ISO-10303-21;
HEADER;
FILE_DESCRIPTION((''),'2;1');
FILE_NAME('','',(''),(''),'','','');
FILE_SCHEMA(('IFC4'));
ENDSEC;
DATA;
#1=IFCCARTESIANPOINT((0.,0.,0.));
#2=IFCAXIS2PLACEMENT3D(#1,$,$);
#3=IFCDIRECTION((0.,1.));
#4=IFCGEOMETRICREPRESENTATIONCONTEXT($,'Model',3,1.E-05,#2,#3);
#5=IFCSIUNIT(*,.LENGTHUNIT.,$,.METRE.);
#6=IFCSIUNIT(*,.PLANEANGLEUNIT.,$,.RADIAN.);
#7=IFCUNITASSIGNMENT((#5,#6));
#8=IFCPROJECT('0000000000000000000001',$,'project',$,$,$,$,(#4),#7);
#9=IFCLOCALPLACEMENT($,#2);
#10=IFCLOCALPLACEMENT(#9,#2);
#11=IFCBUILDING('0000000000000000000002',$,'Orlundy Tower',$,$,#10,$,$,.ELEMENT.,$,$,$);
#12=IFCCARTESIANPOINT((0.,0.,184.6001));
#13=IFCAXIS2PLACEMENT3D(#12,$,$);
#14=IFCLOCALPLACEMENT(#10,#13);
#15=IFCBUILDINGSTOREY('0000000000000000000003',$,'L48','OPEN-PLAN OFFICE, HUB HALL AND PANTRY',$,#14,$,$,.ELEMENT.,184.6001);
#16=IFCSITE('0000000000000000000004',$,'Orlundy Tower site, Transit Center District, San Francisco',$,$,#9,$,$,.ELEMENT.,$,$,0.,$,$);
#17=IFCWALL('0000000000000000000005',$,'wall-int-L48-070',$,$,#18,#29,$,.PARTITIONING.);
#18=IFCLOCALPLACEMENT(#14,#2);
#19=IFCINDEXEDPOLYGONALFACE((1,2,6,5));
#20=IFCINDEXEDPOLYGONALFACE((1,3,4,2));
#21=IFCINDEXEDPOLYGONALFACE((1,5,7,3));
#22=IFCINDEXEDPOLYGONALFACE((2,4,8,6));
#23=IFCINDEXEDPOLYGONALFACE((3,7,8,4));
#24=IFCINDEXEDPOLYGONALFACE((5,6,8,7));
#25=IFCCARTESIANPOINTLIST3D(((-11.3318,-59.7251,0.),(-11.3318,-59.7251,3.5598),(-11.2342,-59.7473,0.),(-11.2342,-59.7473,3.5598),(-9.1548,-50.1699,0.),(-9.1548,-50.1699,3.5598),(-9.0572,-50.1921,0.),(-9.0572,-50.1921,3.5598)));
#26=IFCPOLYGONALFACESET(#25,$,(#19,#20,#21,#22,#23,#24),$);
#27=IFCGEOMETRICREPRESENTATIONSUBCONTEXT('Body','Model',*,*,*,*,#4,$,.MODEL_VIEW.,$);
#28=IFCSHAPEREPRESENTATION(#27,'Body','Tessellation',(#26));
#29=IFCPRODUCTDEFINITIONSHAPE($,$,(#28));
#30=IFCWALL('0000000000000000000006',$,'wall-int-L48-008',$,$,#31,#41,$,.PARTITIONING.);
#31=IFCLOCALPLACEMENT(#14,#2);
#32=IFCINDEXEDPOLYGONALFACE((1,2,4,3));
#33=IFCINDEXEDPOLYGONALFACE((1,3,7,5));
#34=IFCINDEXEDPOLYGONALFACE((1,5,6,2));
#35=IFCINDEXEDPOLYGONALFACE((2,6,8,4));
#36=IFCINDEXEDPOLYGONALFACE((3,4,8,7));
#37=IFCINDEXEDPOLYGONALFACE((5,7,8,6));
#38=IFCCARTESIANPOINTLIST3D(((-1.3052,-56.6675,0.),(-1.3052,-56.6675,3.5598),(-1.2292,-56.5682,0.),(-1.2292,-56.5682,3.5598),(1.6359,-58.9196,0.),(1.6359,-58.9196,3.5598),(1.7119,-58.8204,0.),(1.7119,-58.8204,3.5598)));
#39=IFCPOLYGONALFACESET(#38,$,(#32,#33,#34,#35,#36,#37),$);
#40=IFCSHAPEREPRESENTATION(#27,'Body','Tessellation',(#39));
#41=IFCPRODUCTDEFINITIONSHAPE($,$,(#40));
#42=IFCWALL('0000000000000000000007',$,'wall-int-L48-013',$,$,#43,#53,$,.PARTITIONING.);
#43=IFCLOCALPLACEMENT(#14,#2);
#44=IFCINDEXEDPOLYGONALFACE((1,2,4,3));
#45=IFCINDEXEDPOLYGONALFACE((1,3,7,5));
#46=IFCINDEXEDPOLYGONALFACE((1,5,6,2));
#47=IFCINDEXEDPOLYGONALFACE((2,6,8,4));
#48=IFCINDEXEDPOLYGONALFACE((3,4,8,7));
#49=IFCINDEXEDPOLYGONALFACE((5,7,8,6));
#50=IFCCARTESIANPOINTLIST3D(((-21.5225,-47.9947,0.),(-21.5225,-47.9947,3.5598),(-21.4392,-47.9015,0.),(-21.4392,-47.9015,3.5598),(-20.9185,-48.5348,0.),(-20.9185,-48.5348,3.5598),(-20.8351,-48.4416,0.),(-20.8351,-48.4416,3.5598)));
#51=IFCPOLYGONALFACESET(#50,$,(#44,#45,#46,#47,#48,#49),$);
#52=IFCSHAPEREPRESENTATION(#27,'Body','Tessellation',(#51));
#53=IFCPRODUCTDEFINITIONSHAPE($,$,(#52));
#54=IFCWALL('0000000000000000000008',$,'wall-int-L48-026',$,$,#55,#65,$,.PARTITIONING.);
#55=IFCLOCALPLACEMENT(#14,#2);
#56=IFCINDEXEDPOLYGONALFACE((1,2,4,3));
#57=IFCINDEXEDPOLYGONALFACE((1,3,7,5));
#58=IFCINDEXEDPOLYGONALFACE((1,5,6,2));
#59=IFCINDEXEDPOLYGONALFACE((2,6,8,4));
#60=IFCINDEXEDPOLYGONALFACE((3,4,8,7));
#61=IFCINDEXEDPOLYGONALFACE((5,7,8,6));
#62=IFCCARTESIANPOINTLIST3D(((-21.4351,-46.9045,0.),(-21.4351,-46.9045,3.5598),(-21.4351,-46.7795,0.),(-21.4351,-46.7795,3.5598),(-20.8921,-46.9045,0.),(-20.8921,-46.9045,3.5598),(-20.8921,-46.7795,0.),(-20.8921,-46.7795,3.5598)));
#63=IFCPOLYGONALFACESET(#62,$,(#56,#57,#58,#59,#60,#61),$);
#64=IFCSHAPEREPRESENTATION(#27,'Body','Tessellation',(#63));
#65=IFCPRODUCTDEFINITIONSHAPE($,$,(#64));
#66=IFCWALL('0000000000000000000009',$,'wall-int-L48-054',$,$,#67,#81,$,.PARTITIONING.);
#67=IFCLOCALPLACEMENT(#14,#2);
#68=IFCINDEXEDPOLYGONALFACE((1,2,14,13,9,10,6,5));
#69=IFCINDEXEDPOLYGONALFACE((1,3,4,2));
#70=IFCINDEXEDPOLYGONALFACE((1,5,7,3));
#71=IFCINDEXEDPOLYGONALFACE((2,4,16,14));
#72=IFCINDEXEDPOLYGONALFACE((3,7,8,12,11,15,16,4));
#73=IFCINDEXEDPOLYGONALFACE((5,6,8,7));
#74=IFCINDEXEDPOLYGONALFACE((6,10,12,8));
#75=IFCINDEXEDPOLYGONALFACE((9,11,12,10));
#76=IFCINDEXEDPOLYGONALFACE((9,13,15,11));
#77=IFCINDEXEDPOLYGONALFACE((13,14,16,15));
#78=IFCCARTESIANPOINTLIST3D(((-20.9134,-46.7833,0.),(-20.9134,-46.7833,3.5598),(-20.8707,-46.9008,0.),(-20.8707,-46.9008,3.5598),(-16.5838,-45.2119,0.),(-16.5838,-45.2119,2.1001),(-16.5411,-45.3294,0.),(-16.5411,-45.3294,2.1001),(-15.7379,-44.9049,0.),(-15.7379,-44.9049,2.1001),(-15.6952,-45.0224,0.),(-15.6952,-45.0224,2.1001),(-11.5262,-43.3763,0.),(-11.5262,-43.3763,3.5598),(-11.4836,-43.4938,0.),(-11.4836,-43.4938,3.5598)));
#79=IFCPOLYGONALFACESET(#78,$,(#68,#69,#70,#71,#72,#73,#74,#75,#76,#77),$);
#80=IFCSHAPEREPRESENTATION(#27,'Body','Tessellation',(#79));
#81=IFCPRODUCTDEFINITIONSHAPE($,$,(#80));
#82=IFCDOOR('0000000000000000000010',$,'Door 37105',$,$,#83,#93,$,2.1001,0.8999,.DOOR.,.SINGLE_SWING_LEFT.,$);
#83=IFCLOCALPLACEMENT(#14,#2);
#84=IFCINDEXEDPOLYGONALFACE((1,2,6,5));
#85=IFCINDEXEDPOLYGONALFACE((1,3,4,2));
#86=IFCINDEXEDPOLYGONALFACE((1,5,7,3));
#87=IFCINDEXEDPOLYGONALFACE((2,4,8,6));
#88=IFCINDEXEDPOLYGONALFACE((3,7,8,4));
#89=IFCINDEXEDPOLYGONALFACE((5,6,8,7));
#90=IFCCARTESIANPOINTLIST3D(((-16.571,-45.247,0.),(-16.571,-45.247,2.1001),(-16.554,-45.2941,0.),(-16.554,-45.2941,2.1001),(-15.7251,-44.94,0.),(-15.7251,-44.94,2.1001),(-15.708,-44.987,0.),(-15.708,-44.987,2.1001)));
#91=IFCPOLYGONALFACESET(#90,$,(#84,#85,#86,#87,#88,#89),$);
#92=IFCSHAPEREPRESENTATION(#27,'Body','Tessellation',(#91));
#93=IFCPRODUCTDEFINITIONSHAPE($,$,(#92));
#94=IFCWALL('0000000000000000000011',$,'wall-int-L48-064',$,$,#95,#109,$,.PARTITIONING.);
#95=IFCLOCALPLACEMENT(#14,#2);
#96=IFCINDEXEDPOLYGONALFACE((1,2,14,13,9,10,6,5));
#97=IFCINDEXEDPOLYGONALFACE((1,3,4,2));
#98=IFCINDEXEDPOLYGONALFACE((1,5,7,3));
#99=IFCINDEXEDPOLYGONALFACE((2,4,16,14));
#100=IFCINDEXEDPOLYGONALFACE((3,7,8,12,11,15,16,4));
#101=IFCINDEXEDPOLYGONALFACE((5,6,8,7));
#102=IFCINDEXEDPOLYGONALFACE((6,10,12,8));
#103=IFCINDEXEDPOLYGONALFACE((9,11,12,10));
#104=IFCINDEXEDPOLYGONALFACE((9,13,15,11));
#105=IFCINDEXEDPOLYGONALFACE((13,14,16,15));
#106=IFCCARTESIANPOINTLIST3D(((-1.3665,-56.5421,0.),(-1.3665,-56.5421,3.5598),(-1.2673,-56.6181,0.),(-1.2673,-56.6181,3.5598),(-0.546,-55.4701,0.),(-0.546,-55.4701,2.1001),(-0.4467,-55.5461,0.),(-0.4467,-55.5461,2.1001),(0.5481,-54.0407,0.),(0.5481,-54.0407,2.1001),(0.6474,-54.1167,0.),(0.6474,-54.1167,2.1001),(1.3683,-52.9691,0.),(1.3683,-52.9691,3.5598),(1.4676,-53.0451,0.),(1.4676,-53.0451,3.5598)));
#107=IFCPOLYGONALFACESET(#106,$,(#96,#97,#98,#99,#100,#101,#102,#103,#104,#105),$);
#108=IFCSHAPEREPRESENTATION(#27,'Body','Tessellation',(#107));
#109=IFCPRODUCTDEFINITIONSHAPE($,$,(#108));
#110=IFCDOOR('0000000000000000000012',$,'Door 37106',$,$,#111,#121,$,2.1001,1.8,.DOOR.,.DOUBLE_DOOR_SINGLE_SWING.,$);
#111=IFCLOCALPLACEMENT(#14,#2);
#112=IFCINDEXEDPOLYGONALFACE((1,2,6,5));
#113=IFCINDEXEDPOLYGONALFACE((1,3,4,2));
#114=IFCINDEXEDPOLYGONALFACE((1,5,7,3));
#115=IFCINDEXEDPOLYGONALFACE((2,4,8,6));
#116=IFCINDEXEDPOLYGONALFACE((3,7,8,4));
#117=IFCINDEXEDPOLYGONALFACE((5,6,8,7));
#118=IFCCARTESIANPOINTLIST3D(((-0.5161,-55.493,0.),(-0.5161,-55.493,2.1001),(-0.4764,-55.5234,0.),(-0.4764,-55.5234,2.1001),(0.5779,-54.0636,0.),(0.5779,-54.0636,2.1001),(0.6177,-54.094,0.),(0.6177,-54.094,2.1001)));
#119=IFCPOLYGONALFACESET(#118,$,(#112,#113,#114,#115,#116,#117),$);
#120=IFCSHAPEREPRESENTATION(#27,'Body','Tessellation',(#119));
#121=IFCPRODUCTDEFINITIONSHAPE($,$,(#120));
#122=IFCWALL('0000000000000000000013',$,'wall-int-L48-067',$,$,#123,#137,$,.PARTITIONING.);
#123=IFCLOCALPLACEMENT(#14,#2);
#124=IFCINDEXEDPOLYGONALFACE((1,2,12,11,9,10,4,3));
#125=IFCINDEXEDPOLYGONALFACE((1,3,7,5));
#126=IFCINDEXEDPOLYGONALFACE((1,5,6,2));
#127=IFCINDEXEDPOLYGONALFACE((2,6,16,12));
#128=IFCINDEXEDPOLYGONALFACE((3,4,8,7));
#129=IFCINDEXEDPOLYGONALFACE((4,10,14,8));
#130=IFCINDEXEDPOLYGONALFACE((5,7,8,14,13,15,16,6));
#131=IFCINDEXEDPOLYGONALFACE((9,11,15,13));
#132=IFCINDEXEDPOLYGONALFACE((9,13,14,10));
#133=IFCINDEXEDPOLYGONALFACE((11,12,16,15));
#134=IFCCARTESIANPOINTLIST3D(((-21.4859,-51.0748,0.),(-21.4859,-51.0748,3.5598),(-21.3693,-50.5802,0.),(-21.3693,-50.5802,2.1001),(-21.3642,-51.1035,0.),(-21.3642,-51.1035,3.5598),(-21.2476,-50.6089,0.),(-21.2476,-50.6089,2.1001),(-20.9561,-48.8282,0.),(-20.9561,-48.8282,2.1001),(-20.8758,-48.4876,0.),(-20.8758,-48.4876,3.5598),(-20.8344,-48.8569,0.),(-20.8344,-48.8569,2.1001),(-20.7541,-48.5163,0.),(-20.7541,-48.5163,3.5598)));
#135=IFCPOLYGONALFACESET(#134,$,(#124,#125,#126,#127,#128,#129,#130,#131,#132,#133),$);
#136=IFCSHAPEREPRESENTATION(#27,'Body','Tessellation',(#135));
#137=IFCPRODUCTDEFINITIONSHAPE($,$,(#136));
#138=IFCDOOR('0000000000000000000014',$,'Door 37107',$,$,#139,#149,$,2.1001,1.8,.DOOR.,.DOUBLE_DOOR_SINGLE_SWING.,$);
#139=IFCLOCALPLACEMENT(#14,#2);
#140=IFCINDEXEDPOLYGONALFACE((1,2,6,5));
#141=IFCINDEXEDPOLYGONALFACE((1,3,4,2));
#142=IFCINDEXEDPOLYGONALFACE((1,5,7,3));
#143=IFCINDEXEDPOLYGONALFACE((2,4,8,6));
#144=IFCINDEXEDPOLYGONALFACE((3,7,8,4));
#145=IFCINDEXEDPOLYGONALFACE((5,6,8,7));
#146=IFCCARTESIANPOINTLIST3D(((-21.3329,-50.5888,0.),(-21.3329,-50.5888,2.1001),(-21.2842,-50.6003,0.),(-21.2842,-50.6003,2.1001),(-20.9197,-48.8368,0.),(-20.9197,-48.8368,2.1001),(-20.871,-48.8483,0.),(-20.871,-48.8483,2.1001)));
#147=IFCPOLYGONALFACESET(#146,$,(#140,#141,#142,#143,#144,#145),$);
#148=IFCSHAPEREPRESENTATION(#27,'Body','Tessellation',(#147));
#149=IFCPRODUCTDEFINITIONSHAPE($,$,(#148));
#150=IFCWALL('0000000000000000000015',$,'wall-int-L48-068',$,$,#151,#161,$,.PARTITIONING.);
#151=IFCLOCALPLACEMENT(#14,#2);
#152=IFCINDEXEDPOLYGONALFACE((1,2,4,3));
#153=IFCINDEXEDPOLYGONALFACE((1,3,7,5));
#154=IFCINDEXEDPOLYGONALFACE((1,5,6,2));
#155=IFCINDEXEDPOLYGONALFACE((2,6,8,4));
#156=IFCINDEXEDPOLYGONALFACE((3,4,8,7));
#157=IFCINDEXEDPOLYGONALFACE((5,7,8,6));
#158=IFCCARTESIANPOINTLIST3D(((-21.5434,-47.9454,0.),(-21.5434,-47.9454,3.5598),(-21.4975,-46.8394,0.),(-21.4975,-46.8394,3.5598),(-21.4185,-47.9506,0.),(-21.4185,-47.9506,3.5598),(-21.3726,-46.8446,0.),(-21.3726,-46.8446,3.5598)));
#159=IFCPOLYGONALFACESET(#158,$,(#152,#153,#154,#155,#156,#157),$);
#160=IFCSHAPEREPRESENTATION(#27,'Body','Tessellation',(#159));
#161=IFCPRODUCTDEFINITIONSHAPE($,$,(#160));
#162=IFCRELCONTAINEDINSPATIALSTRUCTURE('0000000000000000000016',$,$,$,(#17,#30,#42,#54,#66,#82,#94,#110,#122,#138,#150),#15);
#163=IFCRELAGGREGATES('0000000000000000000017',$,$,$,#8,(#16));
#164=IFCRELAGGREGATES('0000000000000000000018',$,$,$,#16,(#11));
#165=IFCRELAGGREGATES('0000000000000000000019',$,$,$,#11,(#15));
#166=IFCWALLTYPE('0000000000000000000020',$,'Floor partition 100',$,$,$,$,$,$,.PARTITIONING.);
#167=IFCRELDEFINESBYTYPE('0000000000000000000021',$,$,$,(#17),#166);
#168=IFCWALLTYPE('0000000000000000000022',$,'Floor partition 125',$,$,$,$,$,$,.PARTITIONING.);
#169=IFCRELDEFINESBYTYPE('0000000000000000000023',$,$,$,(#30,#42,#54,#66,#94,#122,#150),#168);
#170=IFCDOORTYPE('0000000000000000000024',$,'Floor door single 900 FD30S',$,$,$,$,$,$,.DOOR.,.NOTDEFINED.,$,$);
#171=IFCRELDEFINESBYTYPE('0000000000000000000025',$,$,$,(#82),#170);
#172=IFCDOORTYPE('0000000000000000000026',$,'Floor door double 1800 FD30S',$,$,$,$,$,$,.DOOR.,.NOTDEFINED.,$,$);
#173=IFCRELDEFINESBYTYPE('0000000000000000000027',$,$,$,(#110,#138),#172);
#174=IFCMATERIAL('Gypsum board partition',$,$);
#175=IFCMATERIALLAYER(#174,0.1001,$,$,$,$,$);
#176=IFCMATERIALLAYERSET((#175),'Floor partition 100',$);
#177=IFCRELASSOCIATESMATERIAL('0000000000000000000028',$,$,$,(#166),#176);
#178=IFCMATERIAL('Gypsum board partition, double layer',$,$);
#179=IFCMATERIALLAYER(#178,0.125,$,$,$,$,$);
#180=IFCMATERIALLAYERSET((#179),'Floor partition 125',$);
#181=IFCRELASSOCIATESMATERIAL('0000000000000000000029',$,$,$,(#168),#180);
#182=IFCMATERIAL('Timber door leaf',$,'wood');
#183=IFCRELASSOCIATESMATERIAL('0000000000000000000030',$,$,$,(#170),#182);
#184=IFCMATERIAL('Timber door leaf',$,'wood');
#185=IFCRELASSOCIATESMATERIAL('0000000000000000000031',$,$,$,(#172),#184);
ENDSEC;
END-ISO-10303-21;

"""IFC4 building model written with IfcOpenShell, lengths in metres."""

from ifc_helpers import new_model, si_unit, direction, frame, frame_2d, origin, place, context, subcontext, project, spatial, rectangle, extrude, material, layer, layer_set, type_object, element, fill, save


model = new_model("IFC4")

# Units and contexts
model_context = context("Model", 3, precision=1e-05, world=origin(), true_north=direction((0.0, 1.0)))
body_context = subcontext(model_context, "Body", "Model", "MODEL_VIEW")
ifc_project = project(units=[si_unit("LENGTHUNIT", "METRE"), si_unit("PLANEANGLEUNIT", "RADIAN")], contexts=[model_context])

# Site, building, storey
site_placement = place(None, origin())
site = spatial("IfcSite", under=ifc_project, at=site_placement, Name="Orlundy Tower site, Transit Center District, San Francisco", CompositionType="ELEMENT", RefElevation=0.0)
building_placement = place(site_placement, origin())
building = spatial("IfcBuilding", under=site, at=building_placement, Name="Orlundy Tower", CompositionType="ELEMENT")
storey_placement = place(building_placement, frame((0.0, 0.0, 184.6001)))
storey = spatial("IfcBuildingStorey", under=building, at=storey_placement, Name="L48", Description="OPEN-PLAN OFFICE, HUB HALL AND PANTRY", CompositionType="ELEMENT", Elevation=184.6001)

# Walls
ifc_material_1 = material(Name="Gypsum board partition")
ifc_layer_1 = layer(ifc_material_1, 0.1001)
ifc_layer_set_1 = layer_set([ifc_layer_1], Name="Floor partition 100")
wall_type_1 = type_object("IfcWallType", Name="Floor partition 100", PredefinedType="PARTITIONING", material=ifc_layer_set_1)
wall_1_placement = place(storey_placement, frame((-11.283, -59.7361, 0.0), z_axis=(0.0, 0.0, 1.0), x_axis=(0.222142, 0.975014, 0.0)))
element("IfcWall", 1, at=wall_1_placement, inside=storey, type_object=wall_type_1, Name="wall-int-L48-070", PredefinedType="PARTITIONING", context=body_context, shape_type="SweptSolid", body=[
    extrude(rectangle(XDim=9.8, YDim=0.1001, at=frame_2d((4.8999, 0.0))), origin(), (0.0, 0.0, 1.0), 3.5598),
])
ifc_material_2 = material(Name="Gypsum board partition, double layer")
ifc_layer_2 = layer(ifc_material_2, 0.125)
ifc_layer_set_2 = layer_set([ifc_layer_2], Name="Floor partition 125")
wall_type_2 = type_object("IfcWallType", Name="Floor partition 125", PredefinedType="PARTITIONING", material=ifc_layer_set_2)
wall_2_placement = place(storey_placement, frame((-1.2671, -56.6179, 0.0), z_axis=(0.0, 0.0, 1.0), x_axis=(0.793957, -0.607973, 0.0)))
element("IfcWall", 2, at=wall_2_placement, inside=storey, type_object=wall_type_2, Name="wall-int-L48-008", PredefinedType="PARTITIONING", context=body_context, shape_type="SweptSolid", body=[
    extrude(rectangle(XDim=3.7043, YDim=0.125, at=frame_2d((1.8521, 0.0))), origin(), (0.0, 0.0, 1.0), 3.5598),
])
wall_3_placement = place(storey_placement, frame((-21.481, -47.948, 0.0), z_axis=(0.0, 0.0, 1.0), x_axis=(0.745478, -0.666531, 0.0)))
element("IfcWall", 3, at=wall_3_placement, inside=storey, type_object=wall_type_2, Name="wall-int-L48-013", PredefinedType="PARTITIONING", context=body_context, shape_type="SweptSolid", body=[
    extrude(rectangle(XDim=0.8103, YDim=0.125, at=frame_2d((0.4053, 0.0))), origin(), (0.0, 0.0, 1.0), 3.5598),
])
wall_4_placement = place(storey_placement, frame((-21.4351, -46.842, 0.0), z_axis=(0.0, 0.0, 1.0), x_axis=(1.0, 0.0, 0.0)))
element("IfcWall", 4, at=wall_4_placement, inside=storey, type_object=wall_type_2, Name="wall-int-L48-026", PredefinedType="PARTITIONING", context=body_context, shape_type="SweptSolid", body=[
    extrude(rectangle(XDim=0.543, YDim=0.125, at=frame_2d((0.2715, 0.0))), origin(), (0.0, 0.0, 1.0), 3.5598),
])

# Walls, openings, doors
wall_5_placement = place(storey_placement, frame((-11.5049, -43.4351, 0.0), z_axis=(0.0, 0.0, 1.0), x_axis=(-0.940004, -0.341164, 0.0)))
wall_5 = element("IfcWall", 5, at=wall_5_placement, inside=storey, type_object=wall_type_2, Name="wall-int-L48-054", PredefinedType="PARTITIONING", context=body_context, shape_type="SweptSolid", body=[
    extrude(rectangle(XDim=9.9863, YDim=0.125, at=frame_2d((4.9932, 0.0))), origin(), (0.0, 0.0, 1.0), 3.5598),
])
opening_1_placement = place(wall_5_placement, frame((4.4805, 0.0, 0.0)))
opening_1 = element("IfcOpeningElement", 6, at=opening_1_placement, cuts=wall_5, PredefinedType="OPENING", context=body_context, shape_type="SweptSolid", body=[
    extrude(rectangle(XDim=0.8999, YDim=2.1001, at=frame_2d((0.45, 1.05))), frame((0.0, 0.0725, 0.0), z_axis=(0.0, -1.0, 0.0), x_axis=(1.0, 0.0, 0.0)), (0.0, 0.0, 1.0), 0.145),
])
ifc_material_3 = material(Name="Timber door leaf", Category="wood")
door_type_1 = type_object("IfcDoorType", Name="Floor door single 900 FD30S", OperationType="NOTDEFINED", PredefinedType="DOOR", material=ifc_material_3)
door_1_placement = place(opening_1_placement, origin())
door_1 = element("IfcDoor", 7, at=door_1_placement, inside=storey, type_object=door_type_1, Name="Door 37105", OperationType="SINGLE_SWING_LEFT", OverallHeight=2.1001, OverallWidth=0.8999, PredefinedType="DOOR", context=body_context, shape_type="SweptSolid", body=[
    extrude(rectangle(XDim=0.8999, YDim=2.1001, at=frame_2d((0.45, 1.05))), frame((0.0, 0.0249, 0.0), z_axis=(0.0, -1.0, 0.0), x_axis=(1.0, 0.0, 0.0)), (0.0, 0.0, 1.0), 0.05),
])
fill(opening_1, door_1)
wall_6_placement = place(storey_placement, frame((-1.3169, -56.5801, 0.0), z_axis=(0.0, 0.0, 1.0), x_axis=(0.607811, 0.794082, 0.0)))
wall_6 = element("IfcWall", 8, at=wall_6_placement, inside=storey, type_object=wall_type_2, Name="wall-int-L48-064", PredefinedType="PARTITIONING", context=body_context, shape_type="SweptSolid", body=[
    extrude(rectangle(XDim=4.4995, YDim=0.125, at=frame_2d((2.2498, 0.0))), origin(), (0.0, 0.0, 1.0), 3.5598),
])
opening_2_placement = place(wall_6_placement, frame((1.3501, 0.0, 0.0)))
opening_2 = element("IfcOpeningElement", 9, at=opening_2_placement, cuts=wall_6, PredefinedType="OPENING", context=body_context, shape_type="SweptSolid", body=[
    extrude(rectangle(XDim=1.8, YDim=2.1001, at=frame_2d((0.8999, 1.05))), frame((0.0, 0.0725, 0.0), z_axis=(0.0, -1.0, 0.0), x_axis=(1.0, 0.0, 0.0)), (0.0, 0.0, 1.0), 0.145),
])
ifc_material_4 = material(Name="Timber door leaf", Category="wood")
door_type_2 = type_object("IfcDoorType", Name="Floor door double 1800 FD30S", OperationType="NOTDEFINED", PredefinedType="DOOR", material=ifc_material_4)
door_2_placement = place(opening_2_placement, origin())
door_2 = element("IfcDoor", 10, at=door_2_placement, inside=storey, type_object=door_type_2, Name="Door 37106", OperationType="DOUBLE_DOOR_SINGLE_SWING", OverallHeight=2.1001, OverallWidth=1.8, PredefinedType="DOOR", context=body_context, shape_type="SweptSolid", body=[
    extrude(rectangle(XDim=1.8, YDim=2.1001, at=frame_2d((0.8999, 1.05))), frame((0.0, 0.0249, 0.0), z_axis=(0.0, -1.0, 0.0), x_axis=(1.0, 0.0, 0.0)), (0.0, 0.0, 1.0), 0.05),
])
fill(opening_2, door_2)
wall_7_placement = place(storey_placement, frame((-20.8149, -48.502, 0.0), z_axis=(0.0, 0.0, 1.0), x_axis=(-0.229526, -0.973303, 0.0)))
wall_7 = element("IfcWall", 11, at=wall_7_placement, inside=storey, type_object=wall_type_2, Name="wall-int-L48-067", PredefinedType="PARTITIONING", context=body_context, shape_type="SweptSolid", body=[
    extrude(rectangle(XDim=2.6582, YDim=0.125, at=frame_2d((1.3291, 0.0))), origin(), (0.0, 0.0, 1.0), 3.5598),
])
opening_3_placement = place(wall_7_placement, frame((0.3501, 0.0, 0.0)))
opening_3 = element("IfcOpeningElement", 12, at=opening_3_placement, cuts=wall_7, PredefinedType="OPENING", context=body_context, shape_type="SweptSolid", body=[
    extrude(rectangle(XDim=1.8, YDim=2.1001, at=frame_2d((0.8999, 1.05))), frame((0.0, 0.0725, 0.0), z_axis=(0.0, -1.0, 0.0), x_axis=(1.0, 0.0, 0.0)), (0.0, 0.0, 1.0), 0.145),
])
door_3_placement = place(opening_3_placement, origin())
door_3 = element("IfcDoor", 13, at=door_3_placement, inside=storey, type_object=door_type_2, Name="Door 37107", OperationType="DOUBLE_DOOR_SINGLE_SWING", OverallHeight=2.1001, OverallWidth=1.8, PredefinedType="DOOR", context=body_context, shape_type="SweptSolid", body=[
    extrude(rectangle(XDim=1.8, YDim=2.1001, at=frame_2d((0.8999, 1.05))), frame((0.0, 0.0249, 0.0), z_axis=(0.0, -1.0, 0.0), x_axis=(1.0, 0.0, 0.0)), (0.0, 0.0, 1.0), 0.05),
])
fill(opening_3, door_3)

# Wall
wall_8_placement = place(storey_placement, frame((-21.481, -47.948, 0.0), z_axis=(0.0, 0.0, 1.0), x_axis=(0.041465, 0.99914, 0.0)))
element("IfcWall", 14, at=wall_8_placement, inside=storey, type_object=wall_type_2, Name="wall-int-L48-068", PredefinedType="PARTITIONING", context=body_context, shape_type="SweptSolid", body=[
    extrude(rectangle(XDim=1.1069, YDim=0.125, at=frame_2d((0.5535, 0.0))), origin(), (0.0, 0.0, 1.0), 3.5598),
])

save(model, "model.ifc")
